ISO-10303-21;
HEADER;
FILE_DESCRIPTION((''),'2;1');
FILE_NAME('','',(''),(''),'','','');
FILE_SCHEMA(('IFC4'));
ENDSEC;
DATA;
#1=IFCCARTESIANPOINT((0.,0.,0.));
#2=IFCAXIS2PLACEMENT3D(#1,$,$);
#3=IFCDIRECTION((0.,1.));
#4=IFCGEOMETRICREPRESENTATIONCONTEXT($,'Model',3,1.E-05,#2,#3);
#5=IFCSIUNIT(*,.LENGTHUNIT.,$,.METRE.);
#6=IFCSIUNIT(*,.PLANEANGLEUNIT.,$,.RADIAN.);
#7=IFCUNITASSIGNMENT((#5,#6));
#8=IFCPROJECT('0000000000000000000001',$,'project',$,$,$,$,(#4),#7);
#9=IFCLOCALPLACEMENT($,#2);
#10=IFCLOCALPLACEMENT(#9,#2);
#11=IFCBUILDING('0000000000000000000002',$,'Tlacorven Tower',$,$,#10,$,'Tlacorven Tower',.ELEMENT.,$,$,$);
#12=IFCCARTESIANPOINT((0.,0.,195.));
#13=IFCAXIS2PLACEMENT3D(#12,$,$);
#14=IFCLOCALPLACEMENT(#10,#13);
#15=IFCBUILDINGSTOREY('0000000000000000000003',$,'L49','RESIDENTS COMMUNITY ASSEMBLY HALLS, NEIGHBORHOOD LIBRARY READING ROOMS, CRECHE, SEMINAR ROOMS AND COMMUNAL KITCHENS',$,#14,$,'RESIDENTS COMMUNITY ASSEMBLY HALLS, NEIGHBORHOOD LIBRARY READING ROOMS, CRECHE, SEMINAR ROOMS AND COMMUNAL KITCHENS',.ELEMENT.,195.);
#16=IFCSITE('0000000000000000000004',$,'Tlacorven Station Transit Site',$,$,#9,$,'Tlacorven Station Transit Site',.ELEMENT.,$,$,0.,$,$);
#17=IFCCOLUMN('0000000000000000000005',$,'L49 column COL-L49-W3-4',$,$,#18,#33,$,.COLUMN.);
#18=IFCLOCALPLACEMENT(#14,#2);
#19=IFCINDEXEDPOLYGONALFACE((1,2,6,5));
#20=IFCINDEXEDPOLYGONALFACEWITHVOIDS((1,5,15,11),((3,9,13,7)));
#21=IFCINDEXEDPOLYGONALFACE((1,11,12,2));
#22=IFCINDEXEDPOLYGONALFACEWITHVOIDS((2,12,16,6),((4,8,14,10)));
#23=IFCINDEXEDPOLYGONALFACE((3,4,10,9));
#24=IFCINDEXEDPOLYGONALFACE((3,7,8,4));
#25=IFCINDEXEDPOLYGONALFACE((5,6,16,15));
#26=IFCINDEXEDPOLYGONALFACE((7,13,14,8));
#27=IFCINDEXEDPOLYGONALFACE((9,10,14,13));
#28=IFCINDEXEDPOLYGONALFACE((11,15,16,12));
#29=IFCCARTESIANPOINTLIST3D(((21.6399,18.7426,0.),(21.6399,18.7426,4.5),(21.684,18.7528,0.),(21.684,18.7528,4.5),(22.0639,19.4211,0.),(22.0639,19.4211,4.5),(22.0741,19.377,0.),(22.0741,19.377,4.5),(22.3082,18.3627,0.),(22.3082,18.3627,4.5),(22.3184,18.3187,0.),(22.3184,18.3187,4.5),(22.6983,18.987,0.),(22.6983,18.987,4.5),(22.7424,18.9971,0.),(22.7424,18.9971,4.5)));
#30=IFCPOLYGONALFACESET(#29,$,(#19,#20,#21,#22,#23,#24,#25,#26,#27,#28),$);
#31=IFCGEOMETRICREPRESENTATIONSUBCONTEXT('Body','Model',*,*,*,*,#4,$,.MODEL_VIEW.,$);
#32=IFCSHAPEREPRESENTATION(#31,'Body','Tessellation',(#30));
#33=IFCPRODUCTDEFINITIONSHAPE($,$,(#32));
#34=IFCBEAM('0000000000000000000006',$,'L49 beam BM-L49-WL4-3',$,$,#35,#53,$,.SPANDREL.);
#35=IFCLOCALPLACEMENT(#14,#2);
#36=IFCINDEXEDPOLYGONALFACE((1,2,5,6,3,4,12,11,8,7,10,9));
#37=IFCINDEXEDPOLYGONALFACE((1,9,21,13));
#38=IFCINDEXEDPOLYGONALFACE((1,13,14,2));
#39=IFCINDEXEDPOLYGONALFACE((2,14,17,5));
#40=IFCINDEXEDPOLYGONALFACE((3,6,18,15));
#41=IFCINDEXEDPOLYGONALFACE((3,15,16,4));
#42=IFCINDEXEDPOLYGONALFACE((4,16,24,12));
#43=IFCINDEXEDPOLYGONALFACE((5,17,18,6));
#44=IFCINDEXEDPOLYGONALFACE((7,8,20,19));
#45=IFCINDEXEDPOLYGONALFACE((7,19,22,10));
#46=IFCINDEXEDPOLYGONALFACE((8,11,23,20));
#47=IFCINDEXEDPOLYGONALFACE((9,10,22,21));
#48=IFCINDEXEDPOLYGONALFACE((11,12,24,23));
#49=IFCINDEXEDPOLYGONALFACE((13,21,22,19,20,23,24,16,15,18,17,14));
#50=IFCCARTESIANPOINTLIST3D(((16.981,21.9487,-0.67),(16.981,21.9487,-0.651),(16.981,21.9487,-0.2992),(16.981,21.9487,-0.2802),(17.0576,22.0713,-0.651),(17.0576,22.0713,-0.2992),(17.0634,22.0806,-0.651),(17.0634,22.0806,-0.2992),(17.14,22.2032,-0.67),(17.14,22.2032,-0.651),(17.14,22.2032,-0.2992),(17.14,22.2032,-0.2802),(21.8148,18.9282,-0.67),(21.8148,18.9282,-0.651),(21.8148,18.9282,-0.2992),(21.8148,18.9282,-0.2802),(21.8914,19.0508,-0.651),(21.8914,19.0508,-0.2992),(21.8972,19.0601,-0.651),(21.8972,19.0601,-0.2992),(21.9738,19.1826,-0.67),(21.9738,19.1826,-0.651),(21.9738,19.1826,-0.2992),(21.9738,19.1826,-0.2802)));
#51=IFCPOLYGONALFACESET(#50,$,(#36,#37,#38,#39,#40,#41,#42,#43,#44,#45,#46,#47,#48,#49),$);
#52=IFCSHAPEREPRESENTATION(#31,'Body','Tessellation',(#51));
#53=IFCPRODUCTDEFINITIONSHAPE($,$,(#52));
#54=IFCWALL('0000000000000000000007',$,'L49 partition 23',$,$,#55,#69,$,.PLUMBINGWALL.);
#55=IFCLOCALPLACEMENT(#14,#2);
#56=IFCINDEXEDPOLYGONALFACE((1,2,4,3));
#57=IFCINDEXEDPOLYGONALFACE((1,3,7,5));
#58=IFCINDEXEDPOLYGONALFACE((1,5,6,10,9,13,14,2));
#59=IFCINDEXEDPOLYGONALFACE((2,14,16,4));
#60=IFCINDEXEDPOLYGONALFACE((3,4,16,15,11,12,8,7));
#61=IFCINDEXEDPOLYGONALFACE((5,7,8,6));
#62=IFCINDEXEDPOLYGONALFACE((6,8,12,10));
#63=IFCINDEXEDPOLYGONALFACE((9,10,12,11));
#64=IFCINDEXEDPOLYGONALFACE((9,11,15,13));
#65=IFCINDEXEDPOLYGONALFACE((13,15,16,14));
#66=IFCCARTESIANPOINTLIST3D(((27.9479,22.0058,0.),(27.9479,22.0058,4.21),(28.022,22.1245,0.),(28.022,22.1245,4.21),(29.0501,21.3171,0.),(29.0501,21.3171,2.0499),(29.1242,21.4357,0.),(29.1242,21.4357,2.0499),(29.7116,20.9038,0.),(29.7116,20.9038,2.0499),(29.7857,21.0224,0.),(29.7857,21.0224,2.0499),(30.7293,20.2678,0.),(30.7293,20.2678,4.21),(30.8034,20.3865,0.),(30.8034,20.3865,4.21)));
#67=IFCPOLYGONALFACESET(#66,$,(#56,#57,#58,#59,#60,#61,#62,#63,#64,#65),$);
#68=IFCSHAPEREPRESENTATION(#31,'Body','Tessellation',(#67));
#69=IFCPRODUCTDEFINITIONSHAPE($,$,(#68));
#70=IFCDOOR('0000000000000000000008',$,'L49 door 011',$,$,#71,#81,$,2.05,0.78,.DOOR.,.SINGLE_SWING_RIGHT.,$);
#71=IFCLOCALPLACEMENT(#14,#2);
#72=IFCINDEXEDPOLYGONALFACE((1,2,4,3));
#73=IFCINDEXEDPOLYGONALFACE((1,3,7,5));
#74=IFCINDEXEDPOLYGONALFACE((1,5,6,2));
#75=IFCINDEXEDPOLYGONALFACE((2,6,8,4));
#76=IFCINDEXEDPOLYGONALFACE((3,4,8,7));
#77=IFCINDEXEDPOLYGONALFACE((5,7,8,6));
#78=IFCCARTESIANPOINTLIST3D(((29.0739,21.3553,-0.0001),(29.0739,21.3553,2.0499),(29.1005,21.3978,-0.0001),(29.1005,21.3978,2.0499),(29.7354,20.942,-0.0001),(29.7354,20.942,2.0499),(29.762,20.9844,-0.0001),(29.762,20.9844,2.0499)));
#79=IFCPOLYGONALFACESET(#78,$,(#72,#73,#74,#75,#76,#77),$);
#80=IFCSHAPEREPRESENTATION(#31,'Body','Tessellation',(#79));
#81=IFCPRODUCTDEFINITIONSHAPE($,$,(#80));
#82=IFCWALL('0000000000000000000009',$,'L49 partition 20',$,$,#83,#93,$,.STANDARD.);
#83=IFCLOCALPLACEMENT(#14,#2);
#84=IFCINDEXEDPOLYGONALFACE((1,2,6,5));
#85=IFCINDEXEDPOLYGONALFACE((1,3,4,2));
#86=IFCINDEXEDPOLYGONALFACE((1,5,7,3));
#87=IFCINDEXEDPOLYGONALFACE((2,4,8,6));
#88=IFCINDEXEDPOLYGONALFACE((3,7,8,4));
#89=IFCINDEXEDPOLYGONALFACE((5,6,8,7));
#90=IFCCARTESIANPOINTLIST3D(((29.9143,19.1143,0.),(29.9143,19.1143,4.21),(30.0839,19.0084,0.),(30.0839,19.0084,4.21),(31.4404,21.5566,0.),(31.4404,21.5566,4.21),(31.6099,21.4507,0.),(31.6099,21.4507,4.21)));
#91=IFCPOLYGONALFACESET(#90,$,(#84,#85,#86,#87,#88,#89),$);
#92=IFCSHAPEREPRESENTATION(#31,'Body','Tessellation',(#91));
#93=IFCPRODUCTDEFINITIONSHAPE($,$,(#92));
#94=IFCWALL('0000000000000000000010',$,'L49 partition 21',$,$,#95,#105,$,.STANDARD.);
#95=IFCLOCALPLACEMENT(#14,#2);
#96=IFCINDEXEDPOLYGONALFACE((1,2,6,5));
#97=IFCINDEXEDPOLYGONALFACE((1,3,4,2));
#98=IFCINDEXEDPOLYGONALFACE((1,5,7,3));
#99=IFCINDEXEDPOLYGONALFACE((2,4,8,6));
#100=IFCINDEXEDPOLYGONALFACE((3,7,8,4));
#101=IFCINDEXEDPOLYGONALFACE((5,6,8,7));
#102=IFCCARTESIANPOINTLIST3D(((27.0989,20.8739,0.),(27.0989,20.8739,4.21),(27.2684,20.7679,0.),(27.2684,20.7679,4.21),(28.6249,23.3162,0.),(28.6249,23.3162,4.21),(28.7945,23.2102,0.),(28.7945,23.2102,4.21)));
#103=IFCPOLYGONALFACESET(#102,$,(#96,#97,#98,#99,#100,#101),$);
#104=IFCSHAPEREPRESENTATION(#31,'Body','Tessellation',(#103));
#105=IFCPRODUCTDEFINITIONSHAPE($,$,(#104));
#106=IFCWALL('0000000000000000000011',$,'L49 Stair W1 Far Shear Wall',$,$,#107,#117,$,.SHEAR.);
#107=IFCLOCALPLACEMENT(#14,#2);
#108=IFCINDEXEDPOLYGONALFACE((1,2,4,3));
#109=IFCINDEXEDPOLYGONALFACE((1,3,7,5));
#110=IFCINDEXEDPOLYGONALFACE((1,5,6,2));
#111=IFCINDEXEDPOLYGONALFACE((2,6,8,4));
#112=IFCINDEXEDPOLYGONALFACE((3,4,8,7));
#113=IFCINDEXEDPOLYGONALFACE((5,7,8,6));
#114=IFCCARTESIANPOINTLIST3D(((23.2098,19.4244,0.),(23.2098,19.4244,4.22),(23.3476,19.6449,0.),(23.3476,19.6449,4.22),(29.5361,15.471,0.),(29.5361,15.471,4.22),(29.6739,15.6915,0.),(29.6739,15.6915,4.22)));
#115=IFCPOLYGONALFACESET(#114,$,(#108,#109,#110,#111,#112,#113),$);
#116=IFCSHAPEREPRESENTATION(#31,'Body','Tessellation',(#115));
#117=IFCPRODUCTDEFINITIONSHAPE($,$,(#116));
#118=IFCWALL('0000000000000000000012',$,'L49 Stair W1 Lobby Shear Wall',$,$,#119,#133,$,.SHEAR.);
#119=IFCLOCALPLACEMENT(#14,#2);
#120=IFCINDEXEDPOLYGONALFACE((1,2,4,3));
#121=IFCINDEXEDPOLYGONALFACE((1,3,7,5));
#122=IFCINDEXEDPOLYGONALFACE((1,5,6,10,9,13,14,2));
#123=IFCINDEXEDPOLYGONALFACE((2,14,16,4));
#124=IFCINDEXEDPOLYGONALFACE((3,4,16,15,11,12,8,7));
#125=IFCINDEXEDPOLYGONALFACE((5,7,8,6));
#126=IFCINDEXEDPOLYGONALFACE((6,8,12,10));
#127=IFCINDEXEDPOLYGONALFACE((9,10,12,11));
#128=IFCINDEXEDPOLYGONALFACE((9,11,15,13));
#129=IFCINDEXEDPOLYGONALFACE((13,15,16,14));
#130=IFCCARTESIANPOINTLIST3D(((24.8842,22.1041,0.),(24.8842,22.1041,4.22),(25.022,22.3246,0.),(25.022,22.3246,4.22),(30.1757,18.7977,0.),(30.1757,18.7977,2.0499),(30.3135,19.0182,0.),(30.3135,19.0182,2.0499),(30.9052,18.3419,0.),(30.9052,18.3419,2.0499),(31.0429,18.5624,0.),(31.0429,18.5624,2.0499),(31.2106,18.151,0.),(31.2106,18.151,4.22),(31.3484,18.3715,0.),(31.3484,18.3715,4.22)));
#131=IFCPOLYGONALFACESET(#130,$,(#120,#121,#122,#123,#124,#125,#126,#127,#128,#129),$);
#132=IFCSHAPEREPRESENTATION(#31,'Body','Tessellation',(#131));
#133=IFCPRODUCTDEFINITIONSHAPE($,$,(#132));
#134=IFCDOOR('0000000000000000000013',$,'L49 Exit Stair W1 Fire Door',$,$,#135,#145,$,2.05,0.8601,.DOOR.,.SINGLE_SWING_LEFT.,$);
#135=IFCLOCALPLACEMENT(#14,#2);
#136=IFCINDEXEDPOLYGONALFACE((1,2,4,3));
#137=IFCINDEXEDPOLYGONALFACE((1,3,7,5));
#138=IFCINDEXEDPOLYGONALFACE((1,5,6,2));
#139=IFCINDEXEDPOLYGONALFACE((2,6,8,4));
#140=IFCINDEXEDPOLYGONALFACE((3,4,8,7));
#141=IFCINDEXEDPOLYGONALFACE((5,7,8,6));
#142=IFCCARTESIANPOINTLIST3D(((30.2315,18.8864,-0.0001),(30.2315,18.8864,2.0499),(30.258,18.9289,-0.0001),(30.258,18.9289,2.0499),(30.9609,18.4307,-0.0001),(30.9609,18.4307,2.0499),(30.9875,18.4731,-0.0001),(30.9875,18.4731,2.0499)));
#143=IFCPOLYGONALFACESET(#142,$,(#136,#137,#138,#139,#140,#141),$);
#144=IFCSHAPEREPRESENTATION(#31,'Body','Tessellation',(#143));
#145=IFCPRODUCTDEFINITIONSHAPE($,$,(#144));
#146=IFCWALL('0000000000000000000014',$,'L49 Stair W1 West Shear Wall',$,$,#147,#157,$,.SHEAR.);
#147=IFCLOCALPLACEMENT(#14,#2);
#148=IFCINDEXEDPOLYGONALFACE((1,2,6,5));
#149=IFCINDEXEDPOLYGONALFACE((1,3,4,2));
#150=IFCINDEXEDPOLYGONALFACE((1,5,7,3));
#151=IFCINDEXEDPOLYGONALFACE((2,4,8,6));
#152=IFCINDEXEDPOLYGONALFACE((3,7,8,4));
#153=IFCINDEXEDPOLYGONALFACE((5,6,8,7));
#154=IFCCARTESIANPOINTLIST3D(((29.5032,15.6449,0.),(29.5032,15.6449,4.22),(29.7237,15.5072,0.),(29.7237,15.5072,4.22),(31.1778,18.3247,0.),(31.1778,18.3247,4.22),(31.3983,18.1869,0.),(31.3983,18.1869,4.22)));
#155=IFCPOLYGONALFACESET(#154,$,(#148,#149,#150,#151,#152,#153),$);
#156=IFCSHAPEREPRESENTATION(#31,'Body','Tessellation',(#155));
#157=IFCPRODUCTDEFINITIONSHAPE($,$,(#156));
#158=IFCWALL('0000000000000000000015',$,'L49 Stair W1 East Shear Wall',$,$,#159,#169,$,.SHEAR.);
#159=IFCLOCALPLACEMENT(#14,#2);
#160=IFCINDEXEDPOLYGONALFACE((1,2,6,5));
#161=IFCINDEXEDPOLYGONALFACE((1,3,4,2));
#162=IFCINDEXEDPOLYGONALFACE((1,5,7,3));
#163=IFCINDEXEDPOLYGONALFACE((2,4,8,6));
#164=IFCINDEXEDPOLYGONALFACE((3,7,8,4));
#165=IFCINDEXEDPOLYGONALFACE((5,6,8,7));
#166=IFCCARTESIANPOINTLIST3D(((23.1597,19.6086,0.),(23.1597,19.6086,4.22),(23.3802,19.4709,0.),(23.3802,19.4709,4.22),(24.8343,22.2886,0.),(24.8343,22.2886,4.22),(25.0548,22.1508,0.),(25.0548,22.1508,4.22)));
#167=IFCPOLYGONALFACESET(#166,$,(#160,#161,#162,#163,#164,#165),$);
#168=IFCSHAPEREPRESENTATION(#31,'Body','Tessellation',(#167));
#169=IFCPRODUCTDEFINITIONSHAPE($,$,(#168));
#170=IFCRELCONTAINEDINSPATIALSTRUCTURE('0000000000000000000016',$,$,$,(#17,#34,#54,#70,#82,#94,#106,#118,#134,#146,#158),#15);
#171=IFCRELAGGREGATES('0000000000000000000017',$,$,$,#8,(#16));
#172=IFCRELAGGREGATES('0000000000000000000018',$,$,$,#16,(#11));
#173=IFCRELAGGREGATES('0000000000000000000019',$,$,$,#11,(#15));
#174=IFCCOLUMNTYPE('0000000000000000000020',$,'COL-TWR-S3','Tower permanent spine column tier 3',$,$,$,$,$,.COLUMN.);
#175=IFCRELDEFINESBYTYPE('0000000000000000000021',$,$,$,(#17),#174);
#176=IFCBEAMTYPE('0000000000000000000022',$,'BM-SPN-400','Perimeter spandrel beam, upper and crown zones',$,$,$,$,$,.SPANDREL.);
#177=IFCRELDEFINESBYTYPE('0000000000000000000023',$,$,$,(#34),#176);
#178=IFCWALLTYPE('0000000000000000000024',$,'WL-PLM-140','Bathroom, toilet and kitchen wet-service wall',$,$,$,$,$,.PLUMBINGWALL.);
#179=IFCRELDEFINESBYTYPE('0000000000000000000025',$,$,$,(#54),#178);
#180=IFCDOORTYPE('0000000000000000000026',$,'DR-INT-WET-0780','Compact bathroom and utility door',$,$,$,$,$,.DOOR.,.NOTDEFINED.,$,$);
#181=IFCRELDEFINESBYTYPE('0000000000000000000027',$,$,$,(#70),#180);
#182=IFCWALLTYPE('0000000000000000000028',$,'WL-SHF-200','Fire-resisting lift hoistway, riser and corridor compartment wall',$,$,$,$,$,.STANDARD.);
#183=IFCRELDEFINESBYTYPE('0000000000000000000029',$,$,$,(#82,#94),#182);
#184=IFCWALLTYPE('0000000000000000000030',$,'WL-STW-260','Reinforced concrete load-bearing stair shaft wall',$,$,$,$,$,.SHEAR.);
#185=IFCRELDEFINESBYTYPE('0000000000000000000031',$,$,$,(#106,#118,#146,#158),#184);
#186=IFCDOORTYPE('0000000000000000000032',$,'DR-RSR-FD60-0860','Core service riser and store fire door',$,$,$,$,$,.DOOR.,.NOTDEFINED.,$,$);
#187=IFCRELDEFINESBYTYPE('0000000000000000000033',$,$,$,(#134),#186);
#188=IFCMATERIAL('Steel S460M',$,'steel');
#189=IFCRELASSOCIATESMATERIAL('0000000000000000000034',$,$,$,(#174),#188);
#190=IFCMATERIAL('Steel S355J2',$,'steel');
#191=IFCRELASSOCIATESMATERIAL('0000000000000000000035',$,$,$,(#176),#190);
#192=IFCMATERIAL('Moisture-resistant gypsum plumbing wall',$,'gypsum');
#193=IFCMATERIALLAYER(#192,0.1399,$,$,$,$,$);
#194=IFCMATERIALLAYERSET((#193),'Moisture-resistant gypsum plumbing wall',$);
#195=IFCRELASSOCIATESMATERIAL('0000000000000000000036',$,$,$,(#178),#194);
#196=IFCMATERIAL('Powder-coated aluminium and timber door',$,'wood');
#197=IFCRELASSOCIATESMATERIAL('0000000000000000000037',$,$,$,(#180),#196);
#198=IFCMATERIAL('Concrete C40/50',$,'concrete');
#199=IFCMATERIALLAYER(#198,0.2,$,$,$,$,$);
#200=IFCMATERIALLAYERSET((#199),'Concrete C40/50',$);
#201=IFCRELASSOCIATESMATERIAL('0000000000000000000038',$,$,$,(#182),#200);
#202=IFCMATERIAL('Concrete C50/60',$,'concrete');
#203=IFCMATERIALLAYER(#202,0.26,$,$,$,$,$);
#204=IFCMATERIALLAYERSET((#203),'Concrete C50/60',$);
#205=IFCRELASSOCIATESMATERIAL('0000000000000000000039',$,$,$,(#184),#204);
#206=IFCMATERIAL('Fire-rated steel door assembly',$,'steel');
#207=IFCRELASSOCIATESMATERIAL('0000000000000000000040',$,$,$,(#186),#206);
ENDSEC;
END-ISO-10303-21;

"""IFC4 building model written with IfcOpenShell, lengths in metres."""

from ifc_helpers import new_model, si_unit, direction, frame, frame_2d, origin, origin_2d, place, context, subcontext, project, spatial, rectangle, hollow_rectangle, i_section, extrude, source, transform, mapped, material, layer, layer_set, material_profile, profile_set, type_object, element, fill, save


model = new_model("IFC4")

# Units and contexts
model_context = context("Model", 3, precision=1e-05, world=origin(), true_north=direction((0.0, 1.0)))
body_context = subcontext(model_context, "Body", "Model", "MODEL_VIEW")
ifc_project = project(units=[si_unit("LENGTHUNIT", "METRE"), si_unit("PLANEANGLEUNIT", "RADIAN")], contexts=[model_context])

# Site, building, storey
site_placement = place(None, origin())
site = spatial("IfcSite", under=ifc_project, at=site_placement, Name="Tlacorven Station Transit Site", LongName="Tlacorven Station Transit Site", CompositionType="ELEMENT", RefElevation=0.0)
building_placement = place(site_placement, origin())
building = spatial("IfcBuilding", under=site, at=building_placement, Name="Tlacorven Tower", LongName="Tlacorven Tower", CompositionType="ELEMENT")
storey_placement = place(building_placement, frame((0.0, 0.0, 195.0)))
storey = spatial("IfcBuildingStorey", under=building, at=storey_placement, Name="L49", Description="RESIDENTS COMMUNITY ASSEMBLY HALLS, NEIGHBORHOOD LIBRARY READING ROOMS, CRECHE, SEMINAR ROOMS AND COMMUNAL KITCHENS", LongName="RESIDENTS COMMUNITY ASSEMBLY HALLS, NEIGHBORHOOD LIBRARY READING ROOMS, CRECHE, SEMINAR ROOMS AND COMMUNAL KITCHENS", CompositionType="ELEMENT", Elevation=195.0)

# Column
ifc_material_1 = material(Name="Steel S460M", Category="steel")
ifc_material_profile_1 = material_profile(ifc_material_1, hollow_rectangle(XDim=0.8, YDim=0.8, WallThickness=0.032, at=origin_2d()), Name="BOX 800X800X32")
ifc_profile_set_1 = profile_set([ifc_material_profile_1], Name="Steel S460M")
column_type = type_object("IfcColumnType", Name="COL-TWR-S3", Description="Tower permanent spine column tier 3", PredefinedType="COLUMN", material=ifc_profile_set_1)
shared_shape_1 = source(origin(), body_context, "Body", "SweptSolid", [
    extrude(hollow_rectangle(XDim=0.8, YDim=0.8, WallThickness=0.032, at=origin_2d()), origin(), (0.0, 0.0, 1.0), 4.5),
])
column_placement = place(storey_placement, frame((22.1912, 18.8699, 0.0), z_axis=(0.0, 0.0, 1.0), x_axis=(-0.848048, 0.529919, 0.0)))
element("IfcColumn", 1, at=column_placement, inside=storey, type_object=column_type, Name="L49 column COL-L49-W3-4", PredefinedType="COLUMN", context=body_context, shape_type="MappedRepresentation", body=[
    mapped(shared_shape_1, transform((0.0, 0.0, 0.0), scale=1.0)),
])

# Beam
ifc_material_2 = material(Name="Steel S355J2", Category="steel")
ifc_material_profile_2 = material_profile(ifc_material_2, i_section(OverallWidth=0.3, OverallDepth=0.3899, WebThickness=0.011, FlangeThickness=0.019, at=origin_2d()), Name="HEA 400")
ifc_profile_set_2 = profile_set([ifc_material_profile_2], Name="Steel S355J2")
beam_type = type_object("IfcBeamType", Name="BM-SPN-400", Description="Perimeter spandrel beam, upper and crown zones", PredefinedType="SPANDREL", material=ifc_profile_set_2)
shared_shape_2 = source(origin(), body_context, "Body", "SweptSolid", [
    extrude(i_section(OverallWidth=0.3, OverallDepth=0.3899, WebThickness=0.011, FlangeThickness=0.019, at=origin_2d()), origin(), (0.0, 0.0, 1.0), 5.7),
])
beam_placement = place(storey_placement, frame((21.8943, 19.0554, -0.4751), z_axis=(-0.848044, 0.529926, 0.0), x_axis=(-0.529926, -0.848044, 0.0)))
element("IfcBeam", 2, at=beam_placement, inside=storey, type_object=beam_type, Name="L49 beam BM-L49-WL4-3", PredefinedType="SPANDREL", context=body_context, shape_type="MappedRepresentation", body=[
    mapped(shared_shape_2, transform((0.0, 0.0, 0.0), scale=1.0)),
])

# Wall, opening, door
ifc_material_3 = material(Name="Moisture-resistant gypsum plumbing wall", Category="gypsum")
ifc_layer_1 = layer(ifc_material_3, 0.1399)
ifc_layer_set_1 = layer_set([ifc_layer_1], Name="Moisture-resistant gypsum plumbing wall")
wall_type_1 = type_object("IfcWallType", Name="WL-PLM-140", Description="Bathroom, toilet and kitchen wet-service wall", PredefinedType="PLUMBINGWALL", material=ifc_layer_set_1)
wall_1_placement = place(storey_placement, frame((30.7664, 20.3271, 0.0), z_axis=(0.0, 0.0, 1.0), x_axis=(-0.848053, 0.529912, 0.0)))
wall_1 = element("IfcWall", 3, at=wall_1_placement, inside=storey, type_object=wall_type_1, Name="L49 partition 23", PredefinedType="PLUMBINGWALL", context=body_context, shape_type="SweptSolid", body=[
    extrude(rectangle(XDim=3.2798, YDim=0.1399, at=frame_2d((1.6399, 0.0))), origin(), (0.0, 0.0, 1.0), 4.21),
])
opening_1_placement = place(wall_1_placement, frame((1.2, 0.0, 0.0)))
opening_1 = element("IfcOpeningElement", 4, at=opening_1_placement, cuts=wall_1, PredefinedType="OPENING", context=body_context, shape_type="SweptSolid", body=[
    extrude(rectangle(XDim=0.78, YDim=2.05, at=frame_2d((0.3901, 1.0249))), frame((0.0, 0.0801, 0.0), z_axis=(0.0, -1.0, 0.0), x_axis=(1.0, 0.0, 0.0)), (0.0, 0.0, 1.0), 0.1599),
])
ifc_material_4 = material(Name="Powder-coated aluminium and timber door", Category="wood")
door_type_1 = type_object("IfcDoorType", Name="DR-INT-WET-0780", Description="Compact bathroom and utility door", OperationType="NOTDEFINED", PredefinedType="DOOR", material=ifc_material_4)
shared_shape_3 = source(origin(), body_context, "Body", "SweptSolid", [
    extrude(rectangle(XDim=0.78, YDim=2.05, at=frame_2d((0.3901, 1.0249))), frame((0.0, 0.0249, 0.0), z_axis=(0.0, -1.0, 0.0), x_axis=(1.0, 0.0, 0.0)), (0.0, 0.0, 1.0), 0.05),
])
door_1_placement = place(opening_1_placement, origin())
door_1 = element("IfcDoor", 5, at=door_1_placement, inside=storey, type_object=door_type_1, Name="L49 door 011", OperationType="SINGLE_SWING_RIGHT", OverallHeight=2.05, OverallWidth=0.78, PredefinedType="DOOR", context=body_context, shape_type="MappedRepresentation", body=[
    mapped(shared_shape_3, transform((0.0, 0.0, 0.0), scale=1.0)),
])
fill(opening_1, door_1)

# Walls
ifc_material_5 = material(Name="Concrete C40/50", Category="concrete")
ifc_layer_2 = layer(ifc_material_5, 0.2)
ifc_layer_set_2 = layer_set([ifc_layer_2], Name="Concrete C40/50")
wall_type_2 = type_object("IfcWallType", Name="WL-SHF-200", Description="Fire-resisting lift hoistway, riser and corridor compartment wall", PredefinedType="STANDARD", material=ifc_layer_set_2)
for number, where, z_axis, x_axis, name in (
    (6, (31.5251, 21.5037, 0.0), (0.0, 0.0, 1.0), (-0.529907, -0.848055, 0.0), "L49 partition 20"),
    (7, (28.7097, 23.2632, 0.0), (0.0, 0.0, 1.0), (-0.529907, -0.848055, 0.0), "L49 partition 21"),
):
    element("IfcWall", number, at=place(storey_placement, frame(where, z_axis=z_axis, x_axis=x_axis)), inside=storey, type_object=wall_type_2, Name=name, PredefinedType="STANDARD", context=body_context, shape_type="SweptSolid", body=[
        extrude(rectangle(XDim=2.8799, YDim=0.2, at=frame_2d((1.4399, 0.0))), origin(), (0.0, 0.0, 1.0), 4.21),
    ])
ifc_material_6 = material(Name="Concrete C50/60", Category="concrete")
ifc_layer_3 = layer(ifc_material_6, 0.26)
ifc_layer_set_3 = layer_set([ifc_layer_3], Name="Concrete C50/60")
wall_type_3 = type_object("IfcWallType", Name="WL-STW-260", Description="Reinforced concrete load-bearing stair shaft wall", PredefinedType="SHEAR", material=ifc_layer_set_3)
wall_2_placement = place(storey_placement, frame((29.605, 15.5813, 0.0), z_axis=(0.0, 0.0, 1.0), x_axis=(-0.848037, 0.529937, 0.0)))
element("IfcWall", 8, at=wall_2_placement, inside=storey, type_object=wall_type_3, Name="L49 Stair W1 Far Shear Wall", PredefinedType="SHEAR", context=body_context, shape_type="SweptSolid", body=[
    extrude(rectangle(XDim=7.46, YDim=0.26, at=frame_2d((3.73, 0.0))), origin(), (0.0, 0.0, 1.0), 4.22),
])

# Wall, opening, door
wall_3_placement = place(storey_placement, frame((31.2795, 18.2612, 0.0), z_axis=(0.0, 0.0, 1.0), x_axis=(-0.848052, 0.529914, 0.0)))
wall_3 = element("IfcWall", 9, at=wall_3_placement, inside=storey, type_object=wall_type_3, Name="L49 Stair W1 Lobby Shear Wall", PredefinedType="SHEAR", context=body_context, shape_type="SweptSolid", body=[
    extrude(rectangle(XDim=7.46, YDim=0.26, at=frame_2d((3.73, 0.0))), origin(), (0.0, 0.0, 1.0), 4.22),
])
opening_2_placement = place(wall_3_placement, frame((0.3601, 0.0, 0.0)))
opening_2 = element("IfcOpeningElement", 10, at=opening_2_placement, cuts=wall_3, PredefinedType="OPENING", context=body_context, shape_type="SweptSolid", body=[
    extrude(rectangle(XDim=0.8601, YDim=2.05, at=frame_2d((0.4302, 1.0249))), frame((0.0, 0.1401, 0.0), z_axis=(0.0, -1.0, 0.0), x_axis=(1.0, 0.0, 0.0)), (0.0, 0.0, 1.0), 0.28),
])
ifc_material_7 = material(Name="Fire-rated steel door assembly", Category="steel")
door_type_2 = type_object("IfcDoorType", Name="DR-RSR-FD60-0860", Description="Core service riser and store fire door", OperationType="NOTDEFINED", PredefinedType="DOOR", material=ifc_material_7)
shared_shape_4 = source(origin(), body_context, "Body", "SweptSolid", [
    extrude(rectangle(XDim=0.8601, YDim=2.05, at=frame_2d((0.4302, 1.0249))), frame((0.0, 0.0249, 0.0), z_axis=(0.0, -1.0, 0.0), x_axis=(1.0, 0.0, 0.0)), (0.0, 0.0, 1.0), 0.05),
])
door_2_placement = place(opening_2_placement, frame((0.8601, 0.0, 0.0), z_axis=(0.0, 0.0, 1.0), x_axis=(-1.0, 0.0, 0.0)))
door_2 = element("IfcDoor", 11, at=door_2_placement, inside=storey, type_object=door_type_2, Name="L49 Exit Stair W1 Fire Door", OperationType="SINGLE_SWING_LEFT", OverallHeight=2.05, OverallWidth=0.8601, PredefinedType="DOOR", context=body_context, shape_type="MappedRepresentation", body=[
    mapped(shared_shape_4, transform((0.0, 0.0, 0.0), scale=1.0)),
])
fill(opening_2, door_2)

# Walls
wall_4_placement = place(storey_placement, frame((31.2881, 18.2559, 0.0), z_axis=(0.0, 0.0, 1.0), x_axis=(-0.529943, -0.848033, 0.0)))
element("IfcWall", 12, at=wall_4_placement, inside=storey, type_object=wall_type_3, Name="L49 Stair W1 West Shear Wall", PredefinedType="SHEAR", context=body_context, shape_type="SweptSolid", body=[
    extrude(rectangle(XDim=3.1599, YDim=0.26, at=frame_2d((1.5801, 0.0))), origin(), (0.0, 0.0, 1.0), 4.22),
])
wall_5_placement = place(storey_placement, frame((24.9446, 22.2197, 0.0), z_axis=(0.0, 0.0, 1.0), x_axis=(-0.529909, -0.848055, 0.0)))
element("IfcWall", 13, at=wall_5_placement, inside=storey, type_object=wall_type_3, Name="L49 Stair W1 East Shear Wall", PredefinedType="SHEAR", context=body_context, shape_type="SweptSolid", body=[
    extrude(rectangle(XDim=3.1602, YDim=0.26, at=frame_2d((1.5801, 0.0))), origin(), (0.0, 0.0, 1.0), 4.22),
])

save(model, "model.ifc")
